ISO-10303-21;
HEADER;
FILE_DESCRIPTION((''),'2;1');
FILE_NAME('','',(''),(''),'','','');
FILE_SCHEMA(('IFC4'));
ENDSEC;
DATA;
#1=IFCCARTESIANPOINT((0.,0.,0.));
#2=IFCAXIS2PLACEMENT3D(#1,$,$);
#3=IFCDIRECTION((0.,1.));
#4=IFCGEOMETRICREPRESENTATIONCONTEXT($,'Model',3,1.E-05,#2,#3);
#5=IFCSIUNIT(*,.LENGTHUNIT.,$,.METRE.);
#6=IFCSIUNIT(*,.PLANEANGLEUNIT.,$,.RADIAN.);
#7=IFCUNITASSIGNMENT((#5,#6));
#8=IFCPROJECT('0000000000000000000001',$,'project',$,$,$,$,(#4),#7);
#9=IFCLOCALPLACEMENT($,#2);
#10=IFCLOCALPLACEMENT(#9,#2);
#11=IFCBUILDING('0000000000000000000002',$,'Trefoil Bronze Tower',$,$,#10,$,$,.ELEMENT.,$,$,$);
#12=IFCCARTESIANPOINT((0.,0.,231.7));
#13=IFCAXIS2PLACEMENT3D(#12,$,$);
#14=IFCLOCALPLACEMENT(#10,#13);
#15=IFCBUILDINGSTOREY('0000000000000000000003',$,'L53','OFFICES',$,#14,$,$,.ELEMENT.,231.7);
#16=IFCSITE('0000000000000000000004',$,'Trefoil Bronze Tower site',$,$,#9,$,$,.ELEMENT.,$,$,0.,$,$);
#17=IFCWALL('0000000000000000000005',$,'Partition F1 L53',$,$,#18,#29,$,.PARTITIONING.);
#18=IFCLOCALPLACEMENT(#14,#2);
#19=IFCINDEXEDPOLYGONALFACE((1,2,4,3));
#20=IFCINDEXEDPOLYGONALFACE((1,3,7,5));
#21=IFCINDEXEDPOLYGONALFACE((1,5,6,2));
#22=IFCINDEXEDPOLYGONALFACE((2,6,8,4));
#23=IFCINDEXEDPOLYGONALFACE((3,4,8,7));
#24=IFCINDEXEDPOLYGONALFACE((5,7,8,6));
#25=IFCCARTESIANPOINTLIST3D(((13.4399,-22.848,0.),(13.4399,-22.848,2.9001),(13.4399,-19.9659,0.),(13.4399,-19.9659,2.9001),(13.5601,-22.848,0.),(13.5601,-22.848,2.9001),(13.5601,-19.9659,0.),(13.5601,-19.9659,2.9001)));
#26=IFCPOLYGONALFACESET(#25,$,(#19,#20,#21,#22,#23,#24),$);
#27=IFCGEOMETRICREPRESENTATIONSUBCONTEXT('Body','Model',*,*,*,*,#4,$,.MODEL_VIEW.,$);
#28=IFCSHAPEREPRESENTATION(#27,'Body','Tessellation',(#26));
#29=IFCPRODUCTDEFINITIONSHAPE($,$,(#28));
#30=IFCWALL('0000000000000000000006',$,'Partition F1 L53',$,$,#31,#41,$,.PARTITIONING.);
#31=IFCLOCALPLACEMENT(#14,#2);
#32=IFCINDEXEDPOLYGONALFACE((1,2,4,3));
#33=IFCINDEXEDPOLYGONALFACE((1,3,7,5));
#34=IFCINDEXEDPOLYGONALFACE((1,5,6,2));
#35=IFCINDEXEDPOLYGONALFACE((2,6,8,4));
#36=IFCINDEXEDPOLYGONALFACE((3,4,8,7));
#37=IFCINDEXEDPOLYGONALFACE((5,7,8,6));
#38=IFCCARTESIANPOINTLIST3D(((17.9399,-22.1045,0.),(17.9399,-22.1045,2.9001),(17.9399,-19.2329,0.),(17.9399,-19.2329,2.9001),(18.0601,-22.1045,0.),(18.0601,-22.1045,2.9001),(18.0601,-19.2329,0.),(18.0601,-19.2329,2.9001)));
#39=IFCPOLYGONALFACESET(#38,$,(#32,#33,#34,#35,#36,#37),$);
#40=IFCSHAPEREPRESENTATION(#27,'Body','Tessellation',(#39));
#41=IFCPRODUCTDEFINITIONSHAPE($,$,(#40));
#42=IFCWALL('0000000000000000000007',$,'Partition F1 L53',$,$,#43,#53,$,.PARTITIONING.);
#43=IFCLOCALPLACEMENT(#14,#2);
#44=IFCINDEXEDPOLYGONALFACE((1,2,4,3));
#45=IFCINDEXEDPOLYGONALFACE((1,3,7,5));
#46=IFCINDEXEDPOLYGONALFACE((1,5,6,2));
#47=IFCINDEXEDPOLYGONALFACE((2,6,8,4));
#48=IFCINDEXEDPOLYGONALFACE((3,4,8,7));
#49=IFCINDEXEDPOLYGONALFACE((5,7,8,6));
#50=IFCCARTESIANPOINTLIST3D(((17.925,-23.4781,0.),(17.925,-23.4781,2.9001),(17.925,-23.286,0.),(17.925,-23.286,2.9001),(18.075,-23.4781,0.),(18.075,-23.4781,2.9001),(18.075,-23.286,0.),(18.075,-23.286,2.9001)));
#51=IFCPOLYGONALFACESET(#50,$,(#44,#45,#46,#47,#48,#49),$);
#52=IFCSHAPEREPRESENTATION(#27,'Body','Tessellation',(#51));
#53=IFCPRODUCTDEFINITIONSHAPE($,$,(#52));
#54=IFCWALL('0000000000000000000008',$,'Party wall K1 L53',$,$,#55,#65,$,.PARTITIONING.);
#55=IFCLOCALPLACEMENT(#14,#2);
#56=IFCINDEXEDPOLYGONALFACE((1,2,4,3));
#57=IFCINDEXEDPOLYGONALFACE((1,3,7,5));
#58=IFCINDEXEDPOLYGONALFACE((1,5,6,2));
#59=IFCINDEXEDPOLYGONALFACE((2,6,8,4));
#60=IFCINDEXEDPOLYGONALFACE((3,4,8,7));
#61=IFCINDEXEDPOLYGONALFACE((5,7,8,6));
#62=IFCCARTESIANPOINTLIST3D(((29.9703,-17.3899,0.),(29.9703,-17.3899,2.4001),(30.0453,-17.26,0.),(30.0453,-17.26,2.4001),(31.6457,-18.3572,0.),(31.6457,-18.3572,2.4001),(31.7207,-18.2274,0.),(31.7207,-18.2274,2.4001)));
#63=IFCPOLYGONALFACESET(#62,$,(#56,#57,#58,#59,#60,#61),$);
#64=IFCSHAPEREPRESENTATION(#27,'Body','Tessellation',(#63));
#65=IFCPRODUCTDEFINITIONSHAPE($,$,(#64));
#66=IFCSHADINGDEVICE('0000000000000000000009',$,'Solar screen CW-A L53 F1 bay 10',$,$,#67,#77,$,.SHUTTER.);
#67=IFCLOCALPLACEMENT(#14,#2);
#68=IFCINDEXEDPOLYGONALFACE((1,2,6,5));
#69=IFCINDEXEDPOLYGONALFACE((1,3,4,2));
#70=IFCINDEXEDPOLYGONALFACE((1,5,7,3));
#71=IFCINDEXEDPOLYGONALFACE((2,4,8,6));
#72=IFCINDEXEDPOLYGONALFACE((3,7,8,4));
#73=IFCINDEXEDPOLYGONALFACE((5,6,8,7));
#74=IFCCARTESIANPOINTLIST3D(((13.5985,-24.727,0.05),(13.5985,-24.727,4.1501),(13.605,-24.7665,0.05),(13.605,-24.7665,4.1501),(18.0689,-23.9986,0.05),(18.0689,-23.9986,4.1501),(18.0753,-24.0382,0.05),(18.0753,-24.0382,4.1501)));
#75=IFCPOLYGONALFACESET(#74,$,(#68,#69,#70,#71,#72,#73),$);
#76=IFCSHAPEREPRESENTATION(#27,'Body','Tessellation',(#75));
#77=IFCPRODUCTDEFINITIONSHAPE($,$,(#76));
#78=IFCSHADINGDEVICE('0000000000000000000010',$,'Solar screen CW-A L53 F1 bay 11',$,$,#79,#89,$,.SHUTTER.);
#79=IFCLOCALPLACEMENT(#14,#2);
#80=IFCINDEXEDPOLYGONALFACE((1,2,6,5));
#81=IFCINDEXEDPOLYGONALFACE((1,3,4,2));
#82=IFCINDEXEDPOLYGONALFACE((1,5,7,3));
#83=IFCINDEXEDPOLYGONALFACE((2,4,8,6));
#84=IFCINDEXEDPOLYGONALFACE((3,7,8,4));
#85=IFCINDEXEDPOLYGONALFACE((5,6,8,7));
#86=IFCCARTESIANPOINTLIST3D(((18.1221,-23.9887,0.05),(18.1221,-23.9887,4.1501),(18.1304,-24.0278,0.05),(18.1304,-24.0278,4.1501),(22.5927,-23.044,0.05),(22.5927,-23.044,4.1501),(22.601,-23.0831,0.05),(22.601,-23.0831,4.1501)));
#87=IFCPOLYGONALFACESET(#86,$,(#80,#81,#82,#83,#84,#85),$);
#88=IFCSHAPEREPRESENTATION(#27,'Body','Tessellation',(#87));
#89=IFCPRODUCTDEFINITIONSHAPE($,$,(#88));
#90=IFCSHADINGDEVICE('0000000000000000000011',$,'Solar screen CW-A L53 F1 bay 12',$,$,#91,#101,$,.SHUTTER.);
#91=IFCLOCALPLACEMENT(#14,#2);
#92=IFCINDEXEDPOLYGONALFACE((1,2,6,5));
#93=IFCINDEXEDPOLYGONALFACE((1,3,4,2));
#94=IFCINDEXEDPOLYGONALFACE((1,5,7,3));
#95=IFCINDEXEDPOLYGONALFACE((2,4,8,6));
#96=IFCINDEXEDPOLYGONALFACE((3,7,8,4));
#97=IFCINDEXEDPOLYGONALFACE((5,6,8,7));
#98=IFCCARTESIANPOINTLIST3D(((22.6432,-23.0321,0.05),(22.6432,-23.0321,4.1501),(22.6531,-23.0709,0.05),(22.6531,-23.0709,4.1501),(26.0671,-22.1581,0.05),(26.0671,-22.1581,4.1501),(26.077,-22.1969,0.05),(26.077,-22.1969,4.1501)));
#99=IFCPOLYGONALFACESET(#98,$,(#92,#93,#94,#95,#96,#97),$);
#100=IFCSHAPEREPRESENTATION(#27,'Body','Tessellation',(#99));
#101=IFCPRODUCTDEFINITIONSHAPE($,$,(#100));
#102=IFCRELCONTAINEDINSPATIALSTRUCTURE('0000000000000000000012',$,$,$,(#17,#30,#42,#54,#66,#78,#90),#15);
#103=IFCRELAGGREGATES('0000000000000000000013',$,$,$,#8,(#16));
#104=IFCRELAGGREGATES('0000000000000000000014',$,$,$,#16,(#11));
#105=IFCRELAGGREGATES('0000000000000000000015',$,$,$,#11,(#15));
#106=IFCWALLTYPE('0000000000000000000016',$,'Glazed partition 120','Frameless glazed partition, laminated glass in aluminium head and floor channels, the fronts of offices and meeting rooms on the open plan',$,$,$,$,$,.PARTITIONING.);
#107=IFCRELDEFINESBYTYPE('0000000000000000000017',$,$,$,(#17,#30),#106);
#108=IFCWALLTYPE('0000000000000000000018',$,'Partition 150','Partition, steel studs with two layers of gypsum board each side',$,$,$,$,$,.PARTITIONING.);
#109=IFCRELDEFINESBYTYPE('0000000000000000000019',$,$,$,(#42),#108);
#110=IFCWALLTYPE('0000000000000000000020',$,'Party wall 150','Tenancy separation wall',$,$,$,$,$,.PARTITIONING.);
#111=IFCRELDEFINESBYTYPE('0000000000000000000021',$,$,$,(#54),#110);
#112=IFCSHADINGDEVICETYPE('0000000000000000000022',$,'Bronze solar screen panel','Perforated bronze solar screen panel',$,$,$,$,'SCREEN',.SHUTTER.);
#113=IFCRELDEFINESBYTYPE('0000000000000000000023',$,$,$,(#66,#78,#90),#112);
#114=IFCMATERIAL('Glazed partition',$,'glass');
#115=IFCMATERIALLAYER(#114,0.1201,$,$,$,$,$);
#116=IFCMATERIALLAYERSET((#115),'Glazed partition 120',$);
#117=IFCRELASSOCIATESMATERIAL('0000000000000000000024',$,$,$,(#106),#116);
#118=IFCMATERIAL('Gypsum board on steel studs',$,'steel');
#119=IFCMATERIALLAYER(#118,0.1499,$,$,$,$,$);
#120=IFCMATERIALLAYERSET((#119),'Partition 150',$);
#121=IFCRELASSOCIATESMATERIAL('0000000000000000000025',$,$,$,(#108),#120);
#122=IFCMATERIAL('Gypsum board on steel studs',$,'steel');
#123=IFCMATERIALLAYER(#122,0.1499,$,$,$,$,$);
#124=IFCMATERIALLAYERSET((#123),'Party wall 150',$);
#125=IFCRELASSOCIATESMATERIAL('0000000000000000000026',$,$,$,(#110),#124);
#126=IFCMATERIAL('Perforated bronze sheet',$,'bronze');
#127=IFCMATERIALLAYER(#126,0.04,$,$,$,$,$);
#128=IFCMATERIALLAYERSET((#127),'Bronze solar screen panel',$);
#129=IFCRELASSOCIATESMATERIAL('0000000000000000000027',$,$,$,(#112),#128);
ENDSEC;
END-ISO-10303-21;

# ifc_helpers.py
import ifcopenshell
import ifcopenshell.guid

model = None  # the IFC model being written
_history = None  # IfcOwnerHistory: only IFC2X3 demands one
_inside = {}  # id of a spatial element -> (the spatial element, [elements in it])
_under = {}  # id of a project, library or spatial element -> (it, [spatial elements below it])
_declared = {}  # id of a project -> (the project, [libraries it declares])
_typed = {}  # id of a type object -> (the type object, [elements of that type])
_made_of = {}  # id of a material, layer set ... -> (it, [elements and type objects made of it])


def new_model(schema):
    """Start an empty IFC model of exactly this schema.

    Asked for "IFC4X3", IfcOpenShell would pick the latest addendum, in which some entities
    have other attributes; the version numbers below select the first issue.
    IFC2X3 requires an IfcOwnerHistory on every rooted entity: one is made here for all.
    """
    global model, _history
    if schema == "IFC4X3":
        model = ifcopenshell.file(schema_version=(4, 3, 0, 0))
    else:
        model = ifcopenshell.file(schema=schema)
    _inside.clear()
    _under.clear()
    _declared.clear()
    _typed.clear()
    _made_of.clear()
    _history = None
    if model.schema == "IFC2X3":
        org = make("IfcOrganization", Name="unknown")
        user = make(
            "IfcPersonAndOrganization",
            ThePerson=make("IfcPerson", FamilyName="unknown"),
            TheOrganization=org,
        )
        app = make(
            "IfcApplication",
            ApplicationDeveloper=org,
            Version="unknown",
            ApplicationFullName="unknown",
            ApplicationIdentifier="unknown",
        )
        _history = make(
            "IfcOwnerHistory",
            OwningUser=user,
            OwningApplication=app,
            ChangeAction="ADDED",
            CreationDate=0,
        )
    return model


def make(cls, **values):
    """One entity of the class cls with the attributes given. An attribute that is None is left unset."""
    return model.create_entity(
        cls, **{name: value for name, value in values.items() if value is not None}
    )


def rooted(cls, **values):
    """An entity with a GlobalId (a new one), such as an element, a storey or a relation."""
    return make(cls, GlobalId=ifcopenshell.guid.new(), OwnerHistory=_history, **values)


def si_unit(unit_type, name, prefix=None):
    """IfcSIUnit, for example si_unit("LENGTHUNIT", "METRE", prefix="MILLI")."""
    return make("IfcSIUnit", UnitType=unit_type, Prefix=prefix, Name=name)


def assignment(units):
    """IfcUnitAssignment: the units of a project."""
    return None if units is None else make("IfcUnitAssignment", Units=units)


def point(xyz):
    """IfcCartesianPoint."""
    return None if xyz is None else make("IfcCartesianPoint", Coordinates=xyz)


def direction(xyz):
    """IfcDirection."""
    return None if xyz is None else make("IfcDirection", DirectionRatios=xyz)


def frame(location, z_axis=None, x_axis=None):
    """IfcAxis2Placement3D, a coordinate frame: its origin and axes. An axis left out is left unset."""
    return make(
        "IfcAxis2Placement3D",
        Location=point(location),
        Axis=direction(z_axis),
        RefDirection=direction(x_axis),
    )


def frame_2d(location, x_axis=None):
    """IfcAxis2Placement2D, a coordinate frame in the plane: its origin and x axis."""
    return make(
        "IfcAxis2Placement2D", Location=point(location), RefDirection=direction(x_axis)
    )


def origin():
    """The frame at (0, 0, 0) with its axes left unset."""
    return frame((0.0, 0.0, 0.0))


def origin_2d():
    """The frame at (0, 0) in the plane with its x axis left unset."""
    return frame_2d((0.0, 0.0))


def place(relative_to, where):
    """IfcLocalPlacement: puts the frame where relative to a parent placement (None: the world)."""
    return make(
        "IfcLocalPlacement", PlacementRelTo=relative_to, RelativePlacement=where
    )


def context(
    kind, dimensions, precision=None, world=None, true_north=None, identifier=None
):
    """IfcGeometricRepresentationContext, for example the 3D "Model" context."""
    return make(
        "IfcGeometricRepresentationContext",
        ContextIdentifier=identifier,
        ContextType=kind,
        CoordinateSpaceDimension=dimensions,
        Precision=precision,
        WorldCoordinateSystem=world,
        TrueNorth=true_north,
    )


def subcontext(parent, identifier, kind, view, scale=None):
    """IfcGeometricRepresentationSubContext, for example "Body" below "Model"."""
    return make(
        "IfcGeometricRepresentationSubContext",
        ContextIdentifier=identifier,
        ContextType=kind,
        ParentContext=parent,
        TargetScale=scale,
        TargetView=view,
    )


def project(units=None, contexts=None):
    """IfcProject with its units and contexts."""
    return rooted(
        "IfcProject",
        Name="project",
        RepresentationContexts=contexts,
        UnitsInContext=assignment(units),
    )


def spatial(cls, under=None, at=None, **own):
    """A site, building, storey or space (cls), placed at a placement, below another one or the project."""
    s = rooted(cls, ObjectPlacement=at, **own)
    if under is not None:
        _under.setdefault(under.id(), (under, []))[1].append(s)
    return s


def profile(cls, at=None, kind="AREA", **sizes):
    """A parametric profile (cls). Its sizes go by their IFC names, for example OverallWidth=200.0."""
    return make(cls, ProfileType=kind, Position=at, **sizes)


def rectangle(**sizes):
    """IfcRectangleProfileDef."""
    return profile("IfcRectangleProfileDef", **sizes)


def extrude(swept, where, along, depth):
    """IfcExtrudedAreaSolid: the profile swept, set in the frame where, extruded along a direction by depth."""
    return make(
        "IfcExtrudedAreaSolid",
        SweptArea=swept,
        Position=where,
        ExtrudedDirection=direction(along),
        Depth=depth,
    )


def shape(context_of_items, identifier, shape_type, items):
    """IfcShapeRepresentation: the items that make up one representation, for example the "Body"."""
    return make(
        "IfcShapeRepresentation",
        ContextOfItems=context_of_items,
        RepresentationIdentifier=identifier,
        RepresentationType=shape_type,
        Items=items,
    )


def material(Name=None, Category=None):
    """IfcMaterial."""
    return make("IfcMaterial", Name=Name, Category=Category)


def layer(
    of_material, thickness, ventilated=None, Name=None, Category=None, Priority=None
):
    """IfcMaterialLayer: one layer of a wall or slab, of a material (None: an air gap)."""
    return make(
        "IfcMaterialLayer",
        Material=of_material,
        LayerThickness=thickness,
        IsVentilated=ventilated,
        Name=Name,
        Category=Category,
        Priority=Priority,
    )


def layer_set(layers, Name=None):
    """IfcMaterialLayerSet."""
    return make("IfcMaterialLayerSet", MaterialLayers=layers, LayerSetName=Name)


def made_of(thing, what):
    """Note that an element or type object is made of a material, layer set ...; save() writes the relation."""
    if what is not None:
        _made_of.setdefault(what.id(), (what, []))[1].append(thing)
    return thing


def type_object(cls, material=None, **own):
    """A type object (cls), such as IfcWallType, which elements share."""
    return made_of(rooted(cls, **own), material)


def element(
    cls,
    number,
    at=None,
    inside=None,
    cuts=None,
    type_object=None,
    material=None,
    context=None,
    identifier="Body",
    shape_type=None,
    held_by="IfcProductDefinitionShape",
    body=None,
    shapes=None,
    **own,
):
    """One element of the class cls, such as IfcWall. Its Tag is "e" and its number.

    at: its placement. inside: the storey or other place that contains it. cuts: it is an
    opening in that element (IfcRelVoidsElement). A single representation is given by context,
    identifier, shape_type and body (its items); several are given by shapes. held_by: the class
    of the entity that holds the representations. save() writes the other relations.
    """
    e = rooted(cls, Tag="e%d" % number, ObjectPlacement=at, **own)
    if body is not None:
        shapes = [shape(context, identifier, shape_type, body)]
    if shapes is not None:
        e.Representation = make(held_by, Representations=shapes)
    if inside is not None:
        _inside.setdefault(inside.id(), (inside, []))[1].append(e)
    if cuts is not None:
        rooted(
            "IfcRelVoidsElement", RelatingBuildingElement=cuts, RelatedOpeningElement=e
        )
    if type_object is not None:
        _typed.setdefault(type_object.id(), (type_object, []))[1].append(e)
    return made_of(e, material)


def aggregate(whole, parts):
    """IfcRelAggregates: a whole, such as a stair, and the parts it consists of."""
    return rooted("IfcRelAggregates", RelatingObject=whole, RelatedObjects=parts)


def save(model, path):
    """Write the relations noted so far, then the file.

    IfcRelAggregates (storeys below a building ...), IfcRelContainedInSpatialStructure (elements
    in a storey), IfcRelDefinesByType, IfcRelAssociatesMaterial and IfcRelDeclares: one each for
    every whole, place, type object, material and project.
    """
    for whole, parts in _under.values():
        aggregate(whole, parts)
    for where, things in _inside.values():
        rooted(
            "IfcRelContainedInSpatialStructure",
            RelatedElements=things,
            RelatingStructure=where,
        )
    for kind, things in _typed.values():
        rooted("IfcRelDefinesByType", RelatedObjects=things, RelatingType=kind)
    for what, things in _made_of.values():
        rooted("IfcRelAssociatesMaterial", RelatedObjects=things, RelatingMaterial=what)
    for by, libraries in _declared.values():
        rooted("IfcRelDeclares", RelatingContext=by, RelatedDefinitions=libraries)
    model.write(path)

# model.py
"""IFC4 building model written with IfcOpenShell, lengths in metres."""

from ifc_helpers import new_model, si_unit, direction, frame, frame_2d, origin, origin_2d, place, context, subcontext, project, spatial, rectangle, extrude, material, layer, layer_set, type_object, element, save


model = new_model("IFC4")

# Units and contexts
model_context = context("Model", 3, precision=1e-05, world=origin(), true_north=direction((0.0, 1.0)))
body_context = subcontext(model_context, "Body", "Model", "MODEL_VIEW")
ifc_project = project(units=[si_unit("LENGTHUNIT", "METRE"), si_unit("PLANEANGLEUNIT", "RADIAN")], contexts=[model_context])

# Site, building, storey
site_placement = place(None, origin())
site = spatial("IfcSite", under=ifc_project, at=site_placement, Name="Trefoil Bronze Tower site", CompositionType="ELEMENT", RefElevation=0.0)
building_placement = place(site_placement, origin())
building = spatial("IfcBuilding", under=site, at=building_placement, Name="Trefoil Bronze Tower", CompositionType="ELEMENT")
storey_placement = place(building_placement, frame((0.0, 0.0, 231.7)))
storey = spatial("IfcBuildingStorey", under=building, at=storey_placement, Name="L53", Description="OFFICES", CompositionType="ELEMENT", Elevation=231.7)

# Walls
ifc_material_1 = material(Name="Glazed partition", Category="glass")
ifc_layer_1 = layer(ifc_material_1, 0.1201)
ifc_layer_set_1 = layer_set([ifc_layer_1], Name="Glazed partition 120")
wall_type_1 = type_object("IfcWallType", Name="Glazed partition 120", Description="Frameless glazed partition, laminated glass in aluminium head and floor channels, the fronts of offices and meeting rooms on the open plan", PredefinedType="PARTITIONING", material=ifc_layer_set_1)
wall_1_placement = place(storey_placement, frame((13.5, -19.9661, 0.0), z_axis=(0.0, 0.0, 1.0), x_axis=(0.0, -1.0, 0.0)))
element("IfcWall", 1, at=wall_1_placement, inside=storey, type_object=wall_type_1, Name="Partition F1 L53", PredefinedType="PARTITIONING", context=body_context, shape_type="SweptSolid", body=[
    extrude(rectangle(XDim=2.8821, YDim=0.1201, at=frame_2d((1.4409, 0.0))), origin(), (0.0, 0.0, 1.0), 2.9001),
])
wall_2_placement = place(storey_placement, frame((18.0, -19.2329, 0.0), z_axis=(0.0, 0.0, 1.0), x_axis=(0.0, -1.0, 0.0)))
element("IfcWall", 2, at=wall_2_placement, inside=storey, type_object=wall_type_1, Name="Partition F1 L53", PredefinedType="PARTITIONING", context=body_context, shape_type="SweptSolid", body=[
    extrude(rectangle(XDim=2.8716, YDim=0.1201, at=frame_2d((1.4358, 0.0))), origin(), (0.0, 0.0, 1.0), 2.9001),
])
ifc_material_2 = material(Name="Gypsum board on steel studs", Category="steel")
ifc_layer_2 = layer(ifc_material_2, 0.1499)
ifc_layer_set_2 = layer_set([ifc_layer_2], Name="Partition 150")
wall_type_2 = type_object("IfcWallType", Name="Partition 150", Description="Partition, steel studs with two layers of gypsum board each side", PredefinedType="PARTITIONING", material=ifc_layer_set_2)
wall_3_placement = place(storey_placement, frame((18.0, -23.2859, 0.0), z_axis=(0.0, 0.0, 1.0), x_axis=(0.0, -1.0, 0.0)))
element("IfcWall", 3, at=wall_3_placement, inside=storey, type_object=wall_type_2, Name="Partition F1 L53", PredefinedType="PARTITIONING", context=body_context, shape_type="SweptSolid", body=[
    extrude(rectangle(XDim=0.1921, YDim=0.1499, at=frame_2d((0.0962, 0.0))), origin(), (0.0, 0.0, 1.0), 2.9001),
])
ifc_material_3 = material(Name="Gypsum board on steel studs", Category="steel")
ifc_layer_3 = layer(ifc_material_3, 0.1499)
ifc_layer_set_3 = layer_set([ifc_layer_3], Name="Party wall 150")
wall_type_3 = type_object("IfcWallType", Name="Party wall 150", Description="Tenancy separation wall", PredefinedType="PARTITIONING", material=ifc_layer_set_3)
wall_4_placement = place(storey_placement, frame((30.0078, -17.325, 0.0), z_axis=(0.0, 0.0, 1.0), x_axis=(0.866013, -0.500021, 0.0)))
element("IfcWall", 4, at=wall_4_placement, inside=storey, type_object=wall_type_3, Name="Party wall K1 L53", PredefinedType="PARTITIONING", context=body_context, shape_type="SweptSolid", body=[
    extrude(rectangle(XDim=1.9346, YDim=0.1499, at=frame_2d((0.9673, 0.0))), origin(), (0.0, 0.0, 1.0), 2.4001),
])

# Shading devices
ifc_material_4 = material(Name="Perforated bronze sheet", Category="bronze")
ifc_layer_4 = layer(ifc_material_4, 0.04)
ifc_layer_set_4 = layer_set([ifc_layer_4], Name="Bronze solar screen panel")
shading_device_type = type_object("IfcShadingDeviceType", Name="Bronze solar screen panel", Description="Perforated bronze solar screen panel", ElementType="SCREEN", PredefinedType="SHUTTER", material=ifc_layer_set_4)
shading_device_1_placement = place(storey_placement, frame((15.8369, -24.3826, 0.05), z_axis=(0.0, 0.0, 1.0), x_axis=(0.986987, 0.160803, 0.0)))
element("IfcShadingDevice", 5, at=shading_device_1_placement, inside=storey, type_object=shading_device_type, Name="Solar screen CW-A L53 F1 bay 10", PredefinedType="SHUTTER", context=body_context, shape_type="SweptSolid", body=[
    extrude(rectangle(XDim=4.5293, YDim=0.04, at=origin_2d()), origin(), (0.0, 0.0, 1.0), 4.1001),
])
shading_device_2_placement = place(storey_placement, frame((20.3616, -23.5359, 0.05), z_axis=(0.0, 0.0, 1.0), x_axis=(0.978394, 0.206747, 0.0)))
element("IfcShadingDevice", 6, at=shading_device_2_placement, inside=storey, type_object=shading_device_type, Name="Solar screen CW-A L53 F1 bay 11", PredefinedType="SHUTTER", context=body_context, shape_type="SweptSolid", body=[
    extrude(rectangle(XDim=4.5693, YDim=0.04, at=origin_2d()), origin(), (0.0, 0.0, 1.0), 4.1001),
])
shading_device_3_placement = place(storey_placement, frame((24.3601, -22.6145, 0.05), z_axis=(0.0, 0.0, 1.0), x_axis=(0.968934, 0.247319, 0.0)))
element("IfcShadingDevice", 7, at=shading_device_3_placement, inside=storey, type_object=shading_device_type, Name="Solar screen CW-A L53 F1 bay 12", PredefinedType="SHUTTER", context=body_context, shape_type="SweptSolid", body=[
    extrude(rectangle(XDim=3.5337, YDim=0.04, at=origin_2d()), origin(), (0.0, 0.0, 1.0), 4.1001),
])

save(model, "model.ifc")
